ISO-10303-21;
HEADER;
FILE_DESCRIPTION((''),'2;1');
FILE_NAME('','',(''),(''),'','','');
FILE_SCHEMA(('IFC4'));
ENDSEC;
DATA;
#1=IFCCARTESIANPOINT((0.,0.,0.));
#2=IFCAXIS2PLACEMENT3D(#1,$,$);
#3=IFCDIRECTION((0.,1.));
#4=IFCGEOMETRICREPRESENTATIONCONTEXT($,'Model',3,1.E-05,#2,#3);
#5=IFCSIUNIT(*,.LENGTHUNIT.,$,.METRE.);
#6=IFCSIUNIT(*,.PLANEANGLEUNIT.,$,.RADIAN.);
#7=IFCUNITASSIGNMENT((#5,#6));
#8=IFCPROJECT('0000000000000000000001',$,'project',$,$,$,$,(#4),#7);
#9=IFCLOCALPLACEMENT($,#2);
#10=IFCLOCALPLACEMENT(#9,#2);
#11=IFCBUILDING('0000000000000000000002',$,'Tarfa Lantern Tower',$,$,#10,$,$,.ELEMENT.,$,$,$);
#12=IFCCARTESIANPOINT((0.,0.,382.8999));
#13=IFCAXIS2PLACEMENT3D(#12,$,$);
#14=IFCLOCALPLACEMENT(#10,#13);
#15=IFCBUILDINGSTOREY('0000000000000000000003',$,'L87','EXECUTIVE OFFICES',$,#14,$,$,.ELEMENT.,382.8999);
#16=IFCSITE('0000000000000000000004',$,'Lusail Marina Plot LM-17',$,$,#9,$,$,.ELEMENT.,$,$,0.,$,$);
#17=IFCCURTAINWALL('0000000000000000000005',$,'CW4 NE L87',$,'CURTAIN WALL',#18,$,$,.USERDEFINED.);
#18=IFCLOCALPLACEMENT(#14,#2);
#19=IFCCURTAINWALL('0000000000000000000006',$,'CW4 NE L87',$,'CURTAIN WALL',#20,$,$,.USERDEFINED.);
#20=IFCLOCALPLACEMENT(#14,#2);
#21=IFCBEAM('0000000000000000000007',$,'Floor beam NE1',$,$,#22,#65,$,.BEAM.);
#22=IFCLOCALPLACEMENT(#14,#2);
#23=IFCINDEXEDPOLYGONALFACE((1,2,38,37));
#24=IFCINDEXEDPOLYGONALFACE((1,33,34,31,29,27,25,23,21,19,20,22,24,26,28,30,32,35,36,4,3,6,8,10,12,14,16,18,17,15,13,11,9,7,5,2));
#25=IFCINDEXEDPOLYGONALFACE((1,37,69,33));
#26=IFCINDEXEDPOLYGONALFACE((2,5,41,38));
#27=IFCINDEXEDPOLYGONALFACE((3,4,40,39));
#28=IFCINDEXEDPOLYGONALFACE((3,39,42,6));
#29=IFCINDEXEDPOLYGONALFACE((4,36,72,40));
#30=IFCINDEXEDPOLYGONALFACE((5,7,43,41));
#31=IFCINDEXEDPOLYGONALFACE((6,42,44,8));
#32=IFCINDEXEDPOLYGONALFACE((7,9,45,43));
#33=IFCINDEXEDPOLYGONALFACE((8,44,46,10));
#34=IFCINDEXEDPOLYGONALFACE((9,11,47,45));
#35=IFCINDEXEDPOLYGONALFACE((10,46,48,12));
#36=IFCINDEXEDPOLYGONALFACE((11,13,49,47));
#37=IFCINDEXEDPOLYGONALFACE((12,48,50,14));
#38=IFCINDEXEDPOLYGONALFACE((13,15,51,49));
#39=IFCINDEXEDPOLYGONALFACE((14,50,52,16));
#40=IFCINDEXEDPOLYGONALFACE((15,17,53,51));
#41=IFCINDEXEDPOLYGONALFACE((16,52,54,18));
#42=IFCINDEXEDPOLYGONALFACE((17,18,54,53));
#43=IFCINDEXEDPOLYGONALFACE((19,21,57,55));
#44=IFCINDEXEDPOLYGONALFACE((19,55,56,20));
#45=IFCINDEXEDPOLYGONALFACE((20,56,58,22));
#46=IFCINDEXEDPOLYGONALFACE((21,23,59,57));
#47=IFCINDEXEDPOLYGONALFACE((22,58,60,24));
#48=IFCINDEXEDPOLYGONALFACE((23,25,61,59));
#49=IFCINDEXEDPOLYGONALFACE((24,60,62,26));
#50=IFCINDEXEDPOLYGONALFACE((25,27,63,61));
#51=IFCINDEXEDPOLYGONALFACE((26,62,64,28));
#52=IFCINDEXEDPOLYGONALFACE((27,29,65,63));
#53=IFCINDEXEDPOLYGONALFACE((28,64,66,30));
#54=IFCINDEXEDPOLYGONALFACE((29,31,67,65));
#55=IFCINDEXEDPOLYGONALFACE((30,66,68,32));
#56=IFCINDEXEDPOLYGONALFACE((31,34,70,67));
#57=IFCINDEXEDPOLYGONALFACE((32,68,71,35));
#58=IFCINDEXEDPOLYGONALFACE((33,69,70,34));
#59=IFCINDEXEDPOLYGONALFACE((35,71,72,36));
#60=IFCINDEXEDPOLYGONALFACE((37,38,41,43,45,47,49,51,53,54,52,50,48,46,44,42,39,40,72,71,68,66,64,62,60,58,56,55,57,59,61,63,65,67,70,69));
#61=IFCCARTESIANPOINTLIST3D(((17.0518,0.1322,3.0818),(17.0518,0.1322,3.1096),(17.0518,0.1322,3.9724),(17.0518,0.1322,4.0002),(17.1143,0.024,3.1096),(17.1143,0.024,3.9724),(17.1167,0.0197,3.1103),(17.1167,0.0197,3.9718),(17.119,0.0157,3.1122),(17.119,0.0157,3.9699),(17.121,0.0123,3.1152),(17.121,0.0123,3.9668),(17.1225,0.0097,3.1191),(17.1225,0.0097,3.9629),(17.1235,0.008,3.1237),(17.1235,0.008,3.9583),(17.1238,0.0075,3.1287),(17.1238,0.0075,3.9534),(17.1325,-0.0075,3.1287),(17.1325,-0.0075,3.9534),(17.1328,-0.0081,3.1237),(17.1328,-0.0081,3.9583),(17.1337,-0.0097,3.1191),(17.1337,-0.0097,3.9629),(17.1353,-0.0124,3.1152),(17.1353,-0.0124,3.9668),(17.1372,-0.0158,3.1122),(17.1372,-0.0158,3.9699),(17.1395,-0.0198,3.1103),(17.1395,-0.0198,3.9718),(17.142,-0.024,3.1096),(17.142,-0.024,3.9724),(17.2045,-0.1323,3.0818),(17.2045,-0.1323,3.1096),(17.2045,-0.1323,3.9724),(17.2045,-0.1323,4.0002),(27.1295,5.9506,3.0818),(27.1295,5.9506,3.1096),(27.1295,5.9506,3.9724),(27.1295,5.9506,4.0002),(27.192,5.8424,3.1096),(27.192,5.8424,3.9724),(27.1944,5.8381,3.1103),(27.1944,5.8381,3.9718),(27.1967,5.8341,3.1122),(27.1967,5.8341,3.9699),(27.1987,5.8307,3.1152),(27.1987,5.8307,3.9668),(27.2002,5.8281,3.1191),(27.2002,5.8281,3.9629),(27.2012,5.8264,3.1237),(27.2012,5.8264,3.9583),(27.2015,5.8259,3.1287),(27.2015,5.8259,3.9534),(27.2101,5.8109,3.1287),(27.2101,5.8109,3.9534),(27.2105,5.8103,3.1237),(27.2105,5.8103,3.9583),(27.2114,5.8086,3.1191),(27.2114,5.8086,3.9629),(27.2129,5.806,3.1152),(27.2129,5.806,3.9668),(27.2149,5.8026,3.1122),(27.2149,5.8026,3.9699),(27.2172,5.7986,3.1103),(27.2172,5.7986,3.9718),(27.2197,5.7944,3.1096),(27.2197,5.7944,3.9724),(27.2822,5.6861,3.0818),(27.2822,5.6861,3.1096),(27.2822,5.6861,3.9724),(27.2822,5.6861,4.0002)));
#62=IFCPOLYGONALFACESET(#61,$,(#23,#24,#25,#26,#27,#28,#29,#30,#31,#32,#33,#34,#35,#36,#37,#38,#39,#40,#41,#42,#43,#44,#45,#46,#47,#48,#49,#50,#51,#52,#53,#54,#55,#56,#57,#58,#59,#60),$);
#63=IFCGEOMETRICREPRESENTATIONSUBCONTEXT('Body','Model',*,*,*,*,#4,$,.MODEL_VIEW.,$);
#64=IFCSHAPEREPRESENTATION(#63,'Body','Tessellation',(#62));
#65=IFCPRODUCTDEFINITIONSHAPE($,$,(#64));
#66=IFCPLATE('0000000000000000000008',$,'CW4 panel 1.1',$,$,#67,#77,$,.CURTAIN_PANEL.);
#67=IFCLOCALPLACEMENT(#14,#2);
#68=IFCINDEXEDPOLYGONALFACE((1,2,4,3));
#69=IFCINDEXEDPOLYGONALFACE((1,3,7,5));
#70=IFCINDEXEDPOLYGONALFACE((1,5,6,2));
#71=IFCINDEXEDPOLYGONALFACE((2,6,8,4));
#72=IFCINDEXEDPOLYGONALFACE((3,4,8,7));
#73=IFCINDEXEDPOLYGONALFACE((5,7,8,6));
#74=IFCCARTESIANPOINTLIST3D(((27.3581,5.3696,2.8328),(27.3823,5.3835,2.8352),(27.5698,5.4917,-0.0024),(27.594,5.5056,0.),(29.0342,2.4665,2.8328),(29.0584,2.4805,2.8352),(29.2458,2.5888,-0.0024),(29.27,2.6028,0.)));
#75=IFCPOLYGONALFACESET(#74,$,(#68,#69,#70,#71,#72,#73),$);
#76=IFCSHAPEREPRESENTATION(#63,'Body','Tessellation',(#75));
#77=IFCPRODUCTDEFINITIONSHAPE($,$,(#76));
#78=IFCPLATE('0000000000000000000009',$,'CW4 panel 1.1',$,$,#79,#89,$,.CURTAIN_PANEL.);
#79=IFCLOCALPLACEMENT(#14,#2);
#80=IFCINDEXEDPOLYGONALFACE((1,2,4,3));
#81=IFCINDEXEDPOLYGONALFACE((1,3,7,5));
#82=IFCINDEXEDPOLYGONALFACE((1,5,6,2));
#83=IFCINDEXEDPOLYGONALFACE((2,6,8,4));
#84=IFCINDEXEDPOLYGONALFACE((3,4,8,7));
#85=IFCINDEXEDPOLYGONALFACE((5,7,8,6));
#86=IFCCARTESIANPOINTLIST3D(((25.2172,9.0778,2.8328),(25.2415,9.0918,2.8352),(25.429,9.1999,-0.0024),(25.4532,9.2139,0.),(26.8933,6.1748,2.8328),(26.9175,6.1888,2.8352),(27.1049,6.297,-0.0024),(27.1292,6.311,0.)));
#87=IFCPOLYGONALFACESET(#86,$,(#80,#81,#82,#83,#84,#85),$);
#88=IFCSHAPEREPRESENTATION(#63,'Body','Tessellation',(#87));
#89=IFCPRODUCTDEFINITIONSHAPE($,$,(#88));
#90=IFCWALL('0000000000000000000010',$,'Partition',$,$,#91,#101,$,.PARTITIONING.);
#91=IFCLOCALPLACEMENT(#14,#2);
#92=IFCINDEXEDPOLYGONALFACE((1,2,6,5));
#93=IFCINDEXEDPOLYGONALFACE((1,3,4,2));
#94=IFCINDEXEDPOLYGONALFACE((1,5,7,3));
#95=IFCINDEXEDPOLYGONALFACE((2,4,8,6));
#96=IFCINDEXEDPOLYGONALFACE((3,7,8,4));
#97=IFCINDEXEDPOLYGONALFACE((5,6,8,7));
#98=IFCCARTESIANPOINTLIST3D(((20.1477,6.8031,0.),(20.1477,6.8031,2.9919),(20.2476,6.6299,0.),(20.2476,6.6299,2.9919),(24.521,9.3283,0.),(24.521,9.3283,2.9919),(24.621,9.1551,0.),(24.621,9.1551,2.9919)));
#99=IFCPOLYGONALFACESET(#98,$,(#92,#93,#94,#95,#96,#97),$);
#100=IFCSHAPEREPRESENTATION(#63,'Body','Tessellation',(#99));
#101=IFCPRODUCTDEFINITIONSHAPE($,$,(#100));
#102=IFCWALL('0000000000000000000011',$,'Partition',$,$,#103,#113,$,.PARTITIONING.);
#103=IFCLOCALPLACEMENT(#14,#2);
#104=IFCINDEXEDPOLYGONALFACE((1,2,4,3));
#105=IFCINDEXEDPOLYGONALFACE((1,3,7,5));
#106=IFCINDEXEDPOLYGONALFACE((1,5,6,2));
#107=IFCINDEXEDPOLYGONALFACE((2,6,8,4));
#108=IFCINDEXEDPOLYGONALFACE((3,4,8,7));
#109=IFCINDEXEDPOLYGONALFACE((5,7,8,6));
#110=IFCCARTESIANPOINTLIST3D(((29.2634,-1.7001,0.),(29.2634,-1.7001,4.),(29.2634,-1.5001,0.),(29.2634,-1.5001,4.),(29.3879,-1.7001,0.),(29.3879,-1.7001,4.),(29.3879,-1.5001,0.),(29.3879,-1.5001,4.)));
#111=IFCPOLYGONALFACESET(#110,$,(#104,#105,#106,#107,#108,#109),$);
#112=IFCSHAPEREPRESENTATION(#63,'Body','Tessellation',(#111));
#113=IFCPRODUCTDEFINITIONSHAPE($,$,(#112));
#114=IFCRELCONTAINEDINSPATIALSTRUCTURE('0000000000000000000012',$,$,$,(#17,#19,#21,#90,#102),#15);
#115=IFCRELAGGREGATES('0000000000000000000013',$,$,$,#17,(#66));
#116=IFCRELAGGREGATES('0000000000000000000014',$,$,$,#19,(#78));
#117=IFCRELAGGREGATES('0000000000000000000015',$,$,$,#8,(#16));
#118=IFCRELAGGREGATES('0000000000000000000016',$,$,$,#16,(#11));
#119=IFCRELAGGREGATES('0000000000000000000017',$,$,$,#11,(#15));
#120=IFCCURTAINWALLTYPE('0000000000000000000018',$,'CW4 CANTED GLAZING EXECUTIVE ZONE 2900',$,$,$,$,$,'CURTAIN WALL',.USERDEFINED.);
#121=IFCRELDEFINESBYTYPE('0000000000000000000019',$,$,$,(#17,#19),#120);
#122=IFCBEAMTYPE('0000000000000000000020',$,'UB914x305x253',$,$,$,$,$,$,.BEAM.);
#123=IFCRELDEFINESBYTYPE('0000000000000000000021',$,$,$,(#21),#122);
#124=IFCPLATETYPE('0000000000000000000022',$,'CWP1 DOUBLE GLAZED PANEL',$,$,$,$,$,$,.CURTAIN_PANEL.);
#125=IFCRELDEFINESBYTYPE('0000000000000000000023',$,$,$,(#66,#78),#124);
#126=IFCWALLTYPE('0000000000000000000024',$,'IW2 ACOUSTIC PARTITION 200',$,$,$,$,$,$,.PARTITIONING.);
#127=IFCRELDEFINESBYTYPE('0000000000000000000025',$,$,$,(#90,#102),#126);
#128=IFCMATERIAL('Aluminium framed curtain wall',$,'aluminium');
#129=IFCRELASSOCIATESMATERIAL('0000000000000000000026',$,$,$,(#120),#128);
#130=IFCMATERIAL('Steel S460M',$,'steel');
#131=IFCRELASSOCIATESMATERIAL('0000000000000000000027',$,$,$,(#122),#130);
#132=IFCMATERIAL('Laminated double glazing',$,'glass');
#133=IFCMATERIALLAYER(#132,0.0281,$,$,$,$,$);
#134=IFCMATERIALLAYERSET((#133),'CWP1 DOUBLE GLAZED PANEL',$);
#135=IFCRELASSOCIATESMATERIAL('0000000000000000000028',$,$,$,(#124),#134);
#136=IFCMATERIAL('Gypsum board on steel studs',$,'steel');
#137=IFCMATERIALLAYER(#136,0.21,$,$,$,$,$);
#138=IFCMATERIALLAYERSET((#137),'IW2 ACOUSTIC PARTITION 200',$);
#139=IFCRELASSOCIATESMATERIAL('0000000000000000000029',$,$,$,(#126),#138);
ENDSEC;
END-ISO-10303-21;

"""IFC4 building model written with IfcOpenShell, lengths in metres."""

from ifc_helpers import new_model, si_unit, direction, frame, frame_2d, origin, origin_2d, place, context, subcontext, project, spatial, polyline, rectangle, i_section, outline, extrude, material, layer, layer_set, material_profile, profile_set, type_object, element, aggregate, save


model = new_model("IFC4")

# Units and contexts
model_context = context("Model", 3, precision=1e-05, world=origin(), true_north=direction((0.0, 1.0)))
body_context = subcontext(model_context, "Body", "Model", "MODEL_VIEW")
ifc_project = project(units=[si_unit("LENGTHUNIT", "METRE"), si_unit("PLANEANGLEUNIT", "RADIAN")], contexts=[model_context])

# Site, building, storey
site_placement = place(None, origin())
site = spatial("IfcSite", under=ifc_project, at=site_placement, Name="Lusail Marina Plot LM-17", CompositionType="ELEMENT", RefElevation=0.0)
building_placement = place(site_placement, origin())
building = spatial("IfcBuilding", under=site, at=building_placement, Name="Tarfa Lantern Tower", CompositionType="ELEMENT")
storey_placement = place(building_placement, frame((0.0, 0.0, 382.8999)))
storey = spatial("IfcBuildingStorey", under=building, at=storey_placement, Name="L87", Description="EXECUTIVE OFFICES", CompositionType="ELEMENT", Elevation=382.8999)

# Curtain walls
ifc_material_1 = material(Name="Aluminium framed curtain wall", Category="aluminium")
curtain_wall_type = type_object("IfcCurtainWallType", Name="CW4 CANTED GLAZING EXECUTIVE ZONE 2900", ElementType="CURTAIN WALL", PredefinedType="USERDEFINED", material=ifc_material_1)
curtain_wall_1_placement = place(storey_placement, origin())
curtain_wall_1 = element("IfcCurtainWall", 1, at=curtain_wall_1_placement, inside=storey, type_object=curtain_wall_type, Name="CW4 NE L87", ObjectType="CURTAIN WALL", PredefinedType="USERDEFINED")
curtain_wall_2_placement = place(storey_placement, origin())
curtain_wall_2 = element("IfcCurtainWall", 2, at=curtain_wall_2_placement, inside=storey, type_object=curtain_wall_type, Name="CW4 NE L87", ObjectType="CURTAIN WALL", PredefinedType="USERDEFINED")

# Beam
ifc_material_2 = material(Name="Steel S460M", Category="steel")
ifc_material_profile_1 = material_profile(ifc_material_2, i_section(OverallWidth=0.3054, OverallDepth=0.9185, WebThickness=0.0173, FlangeThickness=0.0278, FilletRadius=0.019, at=origin_2d()), Name="UB914x305x253")
ifc_profile_set_1 = profile_set([ifc_material_profile_1], Name="Steel S460M")
beam_type_1 = type_object("IfcBeamType", Name="UB914x305x253", PredefinedType="BEAM", material=ifc_profile_set_1)
beam_1_placement = place(storey_placement, frame((27.2058, 5.8184, 3.541), z_axis=(-0.866024, -0.500002, 0.0), x_axis=(0.500002, -0.866024, 0.0)))
element("IfcBeam", 3, at=beam_1_placement, inside=storey, type_object=beam_type_1, Name="Floor beam NE1", PredefinedType="BEAM", context=body_context, shape_type="SweptSolid", body=[
    extrude(i_section(OverallWidth=0.3054, OverallDepth=0.9185, WebThickness=0.0173, FlangeThickness=0.0278, FilletRadius=0.019, at=origin_2d()), origin(), (0.0, 0.0, 1.0), 11.6367),
])

# Plates
ifc_material_3 = material(Name="Laminated double glazing", Category="glass")
ifc_layer_1 = layer(ifc_material_3, 0.0281)
ifc_layer_set_1 = layer_set([ifc_layer_1], Name="CWP1 DOUBLE GLAZED PANEL")
plate_type = type_object("IfcPlateType", Name="CWP1 DOUBLE GLAZED PANEL", PredefinedType="CURTAIN_PANEL", material=ifc_layer_set_1)
plate_1_placement = place(storey_placement, frame((29.27, 2.6028, 0.0), z_axis=(0.862825, 0.498153, 0.085886), x_axis=(-0.500001, 0.866025, 0.000002)))
plate_1 = element("IfcPlate", 4, at=plate_1_placement, type_object=plate_type, Name="CW4 panel 1.1", PredefinedType="CURTAIN_PANEL", context=body_context, shape_type="SweptSolid", body=[
    extrude(outline(polyline([(0.0, 0.0), (3.3519, 0.0), (3.3521, 2.8457), (-0.0001, 2.8457), (0.0, 0.0)])), origin(), (0.0, 0.0, -1.0), 0.0281),
])
aggregate(curtain_wall_1, [plate_1])
plate_2_placement = place(storey_placement, frame((27.1292, 6.311, 0.0), z_axis=(0.862825, 0.498153, 0.085886), x_axis=(-0.500001, 0.866025, 0.000002)))
plate_2 = element("IfcPlate", 5, at=plate_2_placement, type_object=plate_type, Name="CW4 panel 1.1", PredefinedType="CURTAIN_PANEL", context=body_context, shape_type="SweptSolid", body=[
    extrude(outline(polyline([(0.0, 0.0), (3.3519, 0.0), (3.3521, 2.8457), (-0.0001, 2.8457), (0.0, 0.0)])), origin(), (0.0, 0.0, -1.0), 0.0281),
])
aggregate(curtain_wall_2, [plate_2])

# Shared definitions
ifc_material_4 = material(Name="Gypsum board on steel studs", Category="steel")
ifc_layer_2 = layer(ifc_material_4, 0.21)
ifc_layer_set_2 = layer_set([ifc_layer_2], Name="IW2 ACOUSTIC PARTITION 200")
wall_type = type_object("IfcWallType", Name="IW2 ACOUSTIC PARTITION 200", PredefinedType="PARTITIONING", material=ifc_layer_set_2)

# Walls
wall_1_placement = place(storey_placement, frame((20.1978, 6.7166, 0.0), z_axis=(0.0, 0.0, 1.0), x_axis=(0.866006, 0.500034, 0.0)))
element("IfcWall", 6, at=wall_1_placement, inside=storey, type_object=wall_type, Name="Partition", PredefinedType="PARTITIONING", context=body_context, shape_type="SweptSolid", body=[
    extrude(rectangle(XDim=5.05, YDim=0.2, at=frame_2d((2.5249, 0.0))), origin(), (0.0, 0.0, 1.0), 2.9919),
])
wall_2_placement = place(storey_placement, frame((29.2634, -1.6001, 0.0), z_axis=(0.0, 0.0, 1.0), x_axis=(1.0, 0.0, 0.0)))
element("IfcWall", 7, at=wall_2_placement, inside=storey, type_object=wall_type, Name="Partition", PredefinedType="PARTITIONING", context=body_context, shape_type="SweptSolid", body=[
    extrude(rectangle(XDim=0.1245, YDim=0.2, at=frame_2d((0.0623, 0.0))), origin(), (0.0, 0.0, 1.0), 4.0),
])

save(model, "model.ifc")
